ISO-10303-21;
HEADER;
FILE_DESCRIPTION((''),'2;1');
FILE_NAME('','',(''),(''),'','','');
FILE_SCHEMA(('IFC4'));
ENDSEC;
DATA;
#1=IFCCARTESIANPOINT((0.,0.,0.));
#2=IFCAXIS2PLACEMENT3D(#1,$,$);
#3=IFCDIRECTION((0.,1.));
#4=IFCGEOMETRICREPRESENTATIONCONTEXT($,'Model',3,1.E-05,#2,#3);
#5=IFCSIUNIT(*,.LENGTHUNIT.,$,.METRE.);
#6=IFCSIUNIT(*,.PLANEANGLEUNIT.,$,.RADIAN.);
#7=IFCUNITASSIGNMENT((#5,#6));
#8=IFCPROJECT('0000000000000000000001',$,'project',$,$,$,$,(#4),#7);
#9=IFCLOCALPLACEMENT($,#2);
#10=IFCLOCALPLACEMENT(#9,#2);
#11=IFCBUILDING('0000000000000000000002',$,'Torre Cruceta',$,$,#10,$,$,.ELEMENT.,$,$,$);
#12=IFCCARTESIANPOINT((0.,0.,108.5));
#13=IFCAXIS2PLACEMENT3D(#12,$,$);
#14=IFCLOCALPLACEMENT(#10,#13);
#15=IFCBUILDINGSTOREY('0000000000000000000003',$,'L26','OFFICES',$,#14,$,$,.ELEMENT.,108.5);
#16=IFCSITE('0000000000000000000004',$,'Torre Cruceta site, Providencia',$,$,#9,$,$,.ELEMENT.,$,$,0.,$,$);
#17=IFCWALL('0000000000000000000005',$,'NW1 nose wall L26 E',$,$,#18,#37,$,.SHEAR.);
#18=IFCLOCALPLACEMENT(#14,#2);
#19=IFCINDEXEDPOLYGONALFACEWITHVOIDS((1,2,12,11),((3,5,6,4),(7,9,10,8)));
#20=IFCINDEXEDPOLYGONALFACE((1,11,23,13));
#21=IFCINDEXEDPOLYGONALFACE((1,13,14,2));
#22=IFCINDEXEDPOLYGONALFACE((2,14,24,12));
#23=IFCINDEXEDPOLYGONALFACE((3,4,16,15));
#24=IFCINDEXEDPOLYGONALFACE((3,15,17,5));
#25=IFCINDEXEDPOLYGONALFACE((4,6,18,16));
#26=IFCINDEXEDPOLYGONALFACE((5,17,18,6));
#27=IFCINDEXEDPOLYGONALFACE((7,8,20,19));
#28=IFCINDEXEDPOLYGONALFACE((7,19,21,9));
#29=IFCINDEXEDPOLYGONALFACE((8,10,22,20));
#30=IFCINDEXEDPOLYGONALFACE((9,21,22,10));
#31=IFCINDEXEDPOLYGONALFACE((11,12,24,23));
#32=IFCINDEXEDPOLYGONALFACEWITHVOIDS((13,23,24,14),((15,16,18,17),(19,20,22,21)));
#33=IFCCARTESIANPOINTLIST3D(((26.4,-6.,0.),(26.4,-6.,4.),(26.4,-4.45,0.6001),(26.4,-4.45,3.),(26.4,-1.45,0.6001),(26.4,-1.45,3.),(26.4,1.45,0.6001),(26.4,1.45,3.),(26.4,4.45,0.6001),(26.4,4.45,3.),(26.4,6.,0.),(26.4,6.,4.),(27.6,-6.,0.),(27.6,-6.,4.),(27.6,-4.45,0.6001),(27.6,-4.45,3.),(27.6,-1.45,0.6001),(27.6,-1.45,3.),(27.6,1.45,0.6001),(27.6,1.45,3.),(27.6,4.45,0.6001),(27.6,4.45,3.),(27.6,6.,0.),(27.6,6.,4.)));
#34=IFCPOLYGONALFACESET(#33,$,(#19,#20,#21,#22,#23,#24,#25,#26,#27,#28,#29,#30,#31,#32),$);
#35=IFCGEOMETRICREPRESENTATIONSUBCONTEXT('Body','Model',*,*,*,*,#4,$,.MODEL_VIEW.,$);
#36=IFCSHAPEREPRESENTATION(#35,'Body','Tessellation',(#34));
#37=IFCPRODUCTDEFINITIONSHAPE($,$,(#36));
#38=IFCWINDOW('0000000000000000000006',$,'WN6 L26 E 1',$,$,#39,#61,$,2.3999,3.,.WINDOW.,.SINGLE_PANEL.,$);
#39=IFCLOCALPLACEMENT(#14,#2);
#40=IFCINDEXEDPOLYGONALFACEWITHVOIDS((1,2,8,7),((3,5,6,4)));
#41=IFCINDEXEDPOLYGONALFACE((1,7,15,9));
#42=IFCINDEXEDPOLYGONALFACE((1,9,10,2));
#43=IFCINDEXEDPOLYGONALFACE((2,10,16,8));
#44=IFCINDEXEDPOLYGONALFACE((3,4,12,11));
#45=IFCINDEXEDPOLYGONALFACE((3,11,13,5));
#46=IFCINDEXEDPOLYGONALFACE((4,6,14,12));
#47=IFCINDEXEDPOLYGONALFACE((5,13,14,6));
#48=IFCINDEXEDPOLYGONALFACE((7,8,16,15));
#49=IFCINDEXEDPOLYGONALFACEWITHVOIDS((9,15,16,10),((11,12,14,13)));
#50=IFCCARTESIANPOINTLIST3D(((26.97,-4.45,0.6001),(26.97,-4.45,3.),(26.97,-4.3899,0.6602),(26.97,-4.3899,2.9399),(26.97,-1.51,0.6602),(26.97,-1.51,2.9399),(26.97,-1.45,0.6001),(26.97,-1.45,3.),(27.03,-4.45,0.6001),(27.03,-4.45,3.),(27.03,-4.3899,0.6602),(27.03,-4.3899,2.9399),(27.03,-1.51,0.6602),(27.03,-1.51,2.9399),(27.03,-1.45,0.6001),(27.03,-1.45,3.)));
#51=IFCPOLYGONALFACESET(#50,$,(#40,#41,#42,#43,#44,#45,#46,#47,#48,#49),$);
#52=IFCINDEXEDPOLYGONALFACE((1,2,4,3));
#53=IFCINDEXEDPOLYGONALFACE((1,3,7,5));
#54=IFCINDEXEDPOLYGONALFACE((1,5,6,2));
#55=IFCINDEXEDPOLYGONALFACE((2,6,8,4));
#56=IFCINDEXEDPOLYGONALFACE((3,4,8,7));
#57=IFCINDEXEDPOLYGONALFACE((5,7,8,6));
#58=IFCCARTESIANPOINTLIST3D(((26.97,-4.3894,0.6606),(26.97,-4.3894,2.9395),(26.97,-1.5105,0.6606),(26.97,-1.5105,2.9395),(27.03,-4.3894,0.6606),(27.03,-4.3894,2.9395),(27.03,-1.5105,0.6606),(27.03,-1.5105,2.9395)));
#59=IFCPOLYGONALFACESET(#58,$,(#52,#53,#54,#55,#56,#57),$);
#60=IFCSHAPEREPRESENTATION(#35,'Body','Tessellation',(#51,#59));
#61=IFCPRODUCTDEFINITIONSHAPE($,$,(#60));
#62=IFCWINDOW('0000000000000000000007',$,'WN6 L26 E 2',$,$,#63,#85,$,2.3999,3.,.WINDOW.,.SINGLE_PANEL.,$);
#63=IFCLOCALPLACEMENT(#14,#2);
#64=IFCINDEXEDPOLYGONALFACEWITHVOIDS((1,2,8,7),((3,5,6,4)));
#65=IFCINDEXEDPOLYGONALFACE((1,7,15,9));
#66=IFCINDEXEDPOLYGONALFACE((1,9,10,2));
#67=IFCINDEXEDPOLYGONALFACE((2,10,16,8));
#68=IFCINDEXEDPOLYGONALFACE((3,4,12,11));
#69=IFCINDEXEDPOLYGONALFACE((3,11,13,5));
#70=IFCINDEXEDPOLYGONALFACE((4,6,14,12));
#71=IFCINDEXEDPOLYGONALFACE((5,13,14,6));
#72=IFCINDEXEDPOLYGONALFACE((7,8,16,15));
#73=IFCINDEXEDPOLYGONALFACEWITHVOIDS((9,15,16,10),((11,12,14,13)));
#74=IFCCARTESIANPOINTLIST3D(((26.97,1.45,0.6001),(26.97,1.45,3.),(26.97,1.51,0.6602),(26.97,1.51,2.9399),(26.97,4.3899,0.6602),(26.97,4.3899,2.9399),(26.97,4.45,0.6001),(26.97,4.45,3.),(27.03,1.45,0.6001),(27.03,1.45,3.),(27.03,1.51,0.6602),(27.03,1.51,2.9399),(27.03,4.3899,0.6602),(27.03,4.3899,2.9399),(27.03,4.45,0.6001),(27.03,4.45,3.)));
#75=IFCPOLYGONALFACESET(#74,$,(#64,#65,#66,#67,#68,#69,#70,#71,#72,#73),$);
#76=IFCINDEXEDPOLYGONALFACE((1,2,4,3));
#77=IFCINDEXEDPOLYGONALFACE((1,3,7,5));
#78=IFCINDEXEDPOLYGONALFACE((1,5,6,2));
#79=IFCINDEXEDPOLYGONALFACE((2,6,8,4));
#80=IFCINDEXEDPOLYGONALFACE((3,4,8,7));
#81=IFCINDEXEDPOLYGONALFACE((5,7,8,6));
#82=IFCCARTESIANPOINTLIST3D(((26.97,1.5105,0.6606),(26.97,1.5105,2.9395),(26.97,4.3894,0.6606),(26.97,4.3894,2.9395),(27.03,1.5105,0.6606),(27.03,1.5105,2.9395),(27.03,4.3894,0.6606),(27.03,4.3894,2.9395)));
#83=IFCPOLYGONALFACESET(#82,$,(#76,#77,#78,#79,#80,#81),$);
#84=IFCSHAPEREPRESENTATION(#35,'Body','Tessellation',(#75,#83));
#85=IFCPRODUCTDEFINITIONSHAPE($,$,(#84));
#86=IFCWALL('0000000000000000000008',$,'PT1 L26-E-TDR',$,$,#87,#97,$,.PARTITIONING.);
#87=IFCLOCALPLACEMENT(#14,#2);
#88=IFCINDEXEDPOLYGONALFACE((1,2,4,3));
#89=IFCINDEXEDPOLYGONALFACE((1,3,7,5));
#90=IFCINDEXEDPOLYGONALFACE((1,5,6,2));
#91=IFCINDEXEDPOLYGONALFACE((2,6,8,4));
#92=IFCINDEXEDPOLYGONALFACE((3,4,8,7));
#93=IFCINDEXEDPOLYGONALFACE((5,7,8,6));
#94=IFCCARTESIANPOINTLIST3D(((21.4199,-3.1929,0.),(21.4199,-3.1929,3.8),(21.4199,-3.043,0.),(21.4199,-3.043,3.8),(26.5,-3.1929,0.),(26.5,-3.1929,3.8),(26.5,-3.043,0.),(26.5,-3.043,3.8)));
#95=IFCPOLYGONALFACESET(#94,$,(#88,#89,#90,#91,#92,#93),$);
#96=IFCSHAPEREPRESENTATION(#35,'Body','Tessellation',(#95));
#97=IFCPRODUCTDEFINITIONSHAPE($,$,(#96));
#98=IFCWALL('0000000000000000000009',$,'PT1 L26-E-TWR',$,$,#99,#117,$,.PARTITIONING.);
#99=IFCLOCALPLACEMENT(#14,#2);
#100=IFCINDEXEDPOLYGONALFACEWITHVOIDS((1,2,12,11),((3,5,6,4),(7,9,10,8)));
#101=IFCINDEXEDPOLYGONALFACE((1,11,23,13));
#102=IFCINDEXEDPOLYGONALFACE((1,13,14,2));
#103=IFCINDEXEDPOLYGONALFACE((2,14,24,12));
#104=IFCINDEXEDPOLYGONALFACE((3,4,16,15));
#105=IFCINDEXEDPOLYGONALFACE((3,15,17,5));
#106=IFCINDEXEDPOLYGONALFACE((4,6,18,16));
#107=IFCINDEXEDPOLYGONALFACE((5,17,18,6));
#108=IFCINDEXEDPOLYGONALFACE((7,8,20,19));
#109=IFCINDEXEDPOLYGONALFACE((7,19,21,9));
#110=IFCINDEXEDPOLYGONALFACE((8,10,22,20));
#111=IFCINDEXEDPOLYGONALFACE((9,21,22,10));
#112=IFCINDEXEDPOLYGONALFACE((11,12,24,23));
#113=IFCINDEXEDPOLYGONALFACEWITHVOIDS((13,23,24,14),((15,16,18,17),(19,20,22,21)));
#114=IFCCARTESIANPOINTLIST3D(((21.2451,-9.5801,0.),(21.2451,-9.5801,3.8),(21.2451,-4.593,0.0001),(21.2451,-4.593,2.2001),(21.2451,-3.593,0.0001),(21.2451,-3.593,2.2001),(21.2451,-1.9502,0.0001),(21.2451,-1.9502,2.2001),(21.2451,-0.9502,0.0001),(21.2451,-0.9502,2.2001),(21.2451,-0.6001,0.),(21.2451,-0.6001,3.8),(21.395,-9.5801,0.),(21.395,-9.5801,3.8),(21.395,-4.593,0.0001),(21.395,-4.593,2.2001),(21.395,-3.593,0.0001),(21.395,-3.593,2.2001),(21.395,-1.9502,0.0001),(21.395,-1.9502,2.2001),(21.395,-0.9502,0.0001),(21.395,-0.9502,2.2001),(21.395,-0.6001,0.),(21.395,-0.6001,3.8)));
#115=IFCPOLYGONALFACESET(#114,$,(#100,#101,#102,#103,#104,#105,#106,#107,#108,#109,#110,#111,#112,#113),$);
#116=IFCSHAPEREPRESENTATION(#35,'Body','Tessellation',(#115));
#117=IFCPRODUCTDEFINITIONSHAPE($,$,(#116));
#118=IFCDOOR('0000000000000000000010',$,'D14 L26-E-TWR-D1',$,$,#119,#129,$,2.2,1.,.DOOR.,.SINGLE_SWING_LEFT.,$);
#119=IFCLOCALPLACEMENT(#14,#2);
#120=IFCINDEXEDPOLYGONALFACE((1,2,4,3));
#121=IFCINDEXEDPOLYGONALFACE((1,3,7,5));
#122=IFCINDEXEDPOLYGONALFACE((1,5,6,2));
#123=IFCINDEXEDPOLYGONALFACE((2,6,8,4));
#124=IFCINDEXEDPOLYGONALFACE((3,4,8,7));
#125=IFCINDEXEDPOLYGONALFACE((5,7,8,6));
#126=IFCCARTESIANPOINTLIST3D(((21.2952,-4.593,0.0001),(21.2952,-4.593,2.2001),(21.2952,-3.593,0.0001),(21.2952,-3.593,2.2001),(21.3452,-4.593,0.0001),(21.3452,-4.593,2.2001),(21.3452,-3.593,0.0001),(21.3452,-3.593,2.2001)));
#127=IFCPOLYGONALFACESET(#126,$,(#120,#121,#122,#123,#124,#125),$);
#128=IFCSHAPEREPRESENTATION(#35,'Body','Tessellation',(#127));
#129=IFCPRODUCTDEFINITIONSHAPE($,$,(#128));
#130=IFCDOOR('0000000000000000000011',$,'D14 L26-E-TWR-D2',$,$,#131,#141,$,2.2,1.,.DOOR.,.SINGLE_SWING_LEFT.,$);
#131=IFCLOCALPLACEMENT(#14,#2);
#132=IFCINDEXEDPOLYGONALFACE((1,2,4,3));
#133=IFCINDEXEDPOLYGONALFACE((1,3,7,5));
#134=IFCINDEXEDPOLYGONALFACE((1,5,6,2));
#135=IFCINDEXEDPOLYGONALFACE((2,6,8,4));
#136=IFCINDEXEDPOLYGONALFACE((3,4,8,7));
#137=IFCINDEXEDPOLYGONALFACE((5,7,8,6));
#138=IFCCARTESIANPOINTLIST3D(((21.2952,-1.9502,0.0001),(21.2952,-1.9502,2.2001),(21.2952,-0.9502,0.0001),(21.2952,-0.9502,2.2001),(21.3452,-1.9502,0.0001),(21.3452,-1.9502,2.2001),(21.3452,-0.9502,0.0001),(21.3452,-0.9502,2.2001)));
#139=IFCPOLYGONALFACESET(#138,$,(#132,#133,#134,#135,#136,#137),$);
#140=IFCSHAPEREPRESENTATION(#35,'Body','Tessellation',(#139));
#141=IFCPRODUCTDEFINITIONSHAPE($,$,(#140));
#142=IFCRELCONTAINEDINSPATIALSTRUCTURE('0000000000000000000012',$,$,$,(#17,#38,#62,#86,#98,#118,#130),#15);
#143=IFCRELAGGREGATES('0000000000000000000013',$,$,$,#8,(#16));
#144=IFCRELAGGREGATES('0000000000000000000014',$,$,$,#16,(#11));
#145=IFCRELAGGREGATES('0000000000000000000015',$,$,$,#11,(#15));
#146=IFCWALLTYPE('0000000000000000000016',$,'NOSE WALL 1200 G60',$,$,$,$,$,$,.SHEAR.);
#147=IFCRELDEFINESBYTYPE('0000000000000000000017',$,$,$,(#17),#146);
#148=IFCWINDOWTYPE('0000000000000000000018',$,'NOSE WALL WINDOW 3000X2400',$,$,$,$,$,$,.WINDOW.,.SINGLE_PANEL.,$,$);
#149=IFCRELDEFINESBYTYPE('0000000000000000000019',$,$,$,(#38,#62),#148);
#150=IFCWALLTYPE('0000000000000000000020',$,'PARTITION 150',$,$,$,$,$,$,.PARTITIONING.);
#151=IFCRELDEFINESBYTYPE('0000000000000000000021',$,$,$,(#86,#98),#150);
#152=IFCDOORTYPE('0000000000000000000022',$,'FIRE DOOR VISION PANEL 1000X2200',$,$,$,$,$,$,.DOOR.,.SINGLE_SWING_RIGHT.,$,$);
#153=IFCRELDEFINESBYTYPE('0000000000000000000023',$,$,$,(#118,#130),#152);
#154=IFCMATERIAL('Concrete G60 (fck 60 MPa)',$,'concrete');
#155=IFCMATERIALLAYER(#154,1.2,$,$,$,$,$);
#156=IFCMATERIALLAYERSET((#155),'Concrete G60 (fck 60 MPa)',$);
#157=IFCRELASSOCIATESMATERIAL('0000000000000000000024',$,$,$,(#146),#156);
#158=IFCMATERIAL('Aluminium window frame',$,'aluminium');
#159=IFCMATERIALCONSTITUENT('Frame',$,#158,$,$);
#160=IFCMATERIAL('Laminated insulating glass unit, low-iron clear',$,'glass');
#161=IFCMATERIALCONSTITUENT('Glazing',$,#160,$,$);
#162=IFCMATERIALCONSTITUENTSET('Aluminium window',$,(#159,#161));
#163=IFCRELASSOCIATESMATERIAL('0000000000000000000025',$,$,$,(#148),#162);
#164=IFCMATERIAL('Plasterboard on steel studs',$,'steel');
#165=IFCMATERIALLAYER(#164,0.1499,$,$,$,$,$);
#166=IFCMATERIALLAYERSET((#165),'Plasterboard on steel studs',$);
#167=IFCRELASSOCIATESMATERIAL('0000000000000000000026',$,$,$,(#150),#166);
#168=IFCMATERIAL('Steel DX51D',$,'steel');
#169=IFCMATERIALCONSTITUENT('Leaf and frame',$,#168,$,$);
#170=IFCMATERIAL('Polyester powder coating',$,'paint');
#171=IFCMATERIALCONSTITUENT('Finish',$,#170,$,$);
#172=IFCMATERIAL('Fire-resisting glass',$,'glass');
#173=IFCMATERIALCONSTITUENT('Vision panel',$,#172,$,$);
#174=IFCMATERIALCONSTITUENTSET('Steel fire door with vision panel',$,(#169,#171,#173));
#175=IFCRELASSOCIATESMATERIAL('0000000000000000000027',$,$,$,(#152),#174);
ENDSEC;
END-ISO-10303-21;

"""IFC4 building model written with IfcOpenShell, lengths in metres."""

from ifc_helpers import new_model, si_unit, direction, frame, frame_2d, origin, place, context, subcontext, project, spatial, rectangle, hollow_rectangle, extrude, material, layer, layer_set, constituent, constituent_set, type_object, element, fill, save


model = new_model("IFC4")

# Units and contexts
model_context = context("Model", 3, precision=1e-05, world=origin(), true_north=direction((0.0, 1.0)))
body_context = subcontext(model_context, "Body", "Model", "MODEL_VIEW")
ifc_project = project(units=[si_unit("LENGTHUNIT", "METRE"), si_unit("PLANEANGLEUNIT", "RADIAN")], contexts=[model_context])

# Site, building, storey
site_placement = place(None, origin())
site = spatial("IfcSite", under=ifc_project, at=site_placement, Name="Torre Cruceta site, Providencia", CompositionType="ELEMENT", RefElevation=0.0)
building_placement = place(site_placement, origin())
building = spatial("IfcBuilding", under=site, at=building_placement, Name="Torre Cruceta", CompositionType="ELEMENT")
storey_placement = place(building_placement, frame((0.0, 0.0, 108.5)))
storey = spatial("IfcBuildingStorey", under=building, at=storey_placement, Name="L26", Description="OFFICES", CompositionType="ELEMENT", Elevation=108.5)

# Wall, openings, windows
ifc_material_1 = material(Name="Concrete G60 (fck 60 MPa)", Category="concrete")
ifc_layer_1 = layer(ifc_material_1, 1.2)
ifc_layer_set_1 = layer_set([ifc_layer_1], Name="Concrete G60 (fck 60 MPa)")
wall_type_1 = type_object("IfcWallType", Name="NOSE WALL 1200 G60", PredefinedType="SHEAR", material=ifc_layer_set_1)
wall_1_placement = place(storey_placement, frame((27.0, -6.0, 0.0), z_axis=(0.0, 0.0, 1.0), x_axis=(0.0, 1.0, 0.0)))
wall_1 = element("IfcWall", 1, at=wall_1_placement, inside=storey, type_object=wall_type_1, Name="NW1 nose wall L26 E", PredefinedType="SHEAR", context=body_context, shape_type="SweptSolid", body=[
    extrude(rectangle(XDim=12.0, YDim=1.2, at=frame_2d((6.0, 0.0))), origin(), (0.0, 0.0, 1.0), 4.0),
])
opening_1_placement = place(wall_1_placement, frame((1.55, 0.0, 0.6001)))
opening_1 = element("IfcOpeningElement", 2, at=opening_1_placement, cuts=wall_1, PredefinedType="OPENING", context=body_context, shape_type="SweptSolid", body=[
    extrude(rectangle(XDim=3.0, YDim=2.3999, at=frame_2d((1.5, 1.2))), frame((0.0, 0.6099, 0.0), z_axis=(0.0, -1.0, 0.0), x_axis=(1.0, 0.0, 0.0)), (0.0, 0.0, 1.0), 1.22),
])
opening_2_placement = place(wall_1_placement, frame((7.45, 0.0, 0.6001)))
opening_2 = element("IfcOpeningElement", 3, at=opening_2_placement, cuts=wall_1, PredefinedType="OPENING", context=body_context, shape_type="SweptSolid", body=[
    extrude(rectangle(XDim=3.0, YDim=2.3999, at=frame_2d((1.5, 1.2))), frame((0.0, 0.6099, 0.0), z_axis=(0.0, -1.0, 0.0), x_axis=(1.0, 0.0, 0.0)), (0.0, 0.0, 1.0), 1.22),
])
ifc_material_2 = material(Name="Aluminium window frame", Category="aluminium")
ifc_constituent_1 = constituent(ifc_material_2, Name="Frame")
ifc_material_3 = material(Name="Laminated insulating glass unit, low-iron clear", Category="glass")
ifc_constituent_2 = constituent(ifc_material_3, Name="Glazing")
ifc_constituent_set_1 = constituent_set(constituents=[ifc_constituent_1, ifc_constituent_2], Name="Aluminium window")
window_type_1 = type_object("IfcWindowType", Name="NOSE WALL WINDOW 3000X2400", PartitioningType="SINGLE_PANEL", PredefinedType="WINDOW", material=ifc_constituent_set_1)
window_1_placement = place(opening_1_placement, origin())
window_1 = element("IfcWindow", 4, at=window_1_placement, inside=storey, type_object=window_type_1, Name="WN6 L26 E 1", OverallHeight=2.3999, OverallWidth=3.0, PartitioningType="SINGLE_PANEL", PredefinedType="WINDOW", context=body_context, shape_type="SweptSolid", body=[
    extrude(hollow_rectangle(XDim=3.0, YDim=2.3999, WallThickness=0.0601, at=frame_2d((1.5, 1.2))), frame((0.0, 0.03, 0.0), z_axis=(0.0, -1.0, 0.0), x_axis=(1.0, 0.0, 0.0)), (0.0, 0.0, 1.0), 0.0601),
    extrude(rectangle(XDim=2.8789, YDim=2.2788, at=frame_2d((1.5, 1.2))), frame((0.0, 0.03, 0.0), z_axis=(0.0, -1.0, 0.0), x_axis=(1.0, 0.0, 0.0)), (0.0, 0.0, 1.0), 0.0601),
])
fill(opening_1, window_1)
window_2_placement = place(opening_2_placement, origin())
window_2 = element("IfcWindow", 5, at=window_2_placement, inside=storey, type_object=window_type_1, Name="WN6 L26 E 2", OverallHeight=2.3999, OverallWidth=3.0, PartitioningType="SINGLE_PANEL", PredefinedType="WINDOW", context=body_context, shape_type="SweptSolid", body=[
    extrude(hollow_rectangle(XDim=3.0, YDim=2.3999, WallThickness=0.0601, at=frame_2d((1.5, 1.2))), frame((0.0, 0.03, 0.0), z_axis=(0.0, -1.0, 0.0), x_axis=(1.0, 0.0, 0.0)), (0.0, 0.0, 1.0), 0.0601),
    extrude(rectangle(XDim=2.8789, YDim=2.2788, at=frame_2d((1.5, 1.2))), frame((0.0, 0.03, 0.0), z_axis=(0.0, -1.0, 0.0), x_axis=(1.0, 0.0, 0.0)), (0.0, 0.0, 1.0), 0.0601),
])
fill(opening_2, window_2)

# Wall
ifc_material_4 = material(Name="Plasterboard on steel studs", Category="steel")
ifc_layer_2 = layer(ifc_material_4, 0.1499)
ifc_layer_set_2 = layer_set([ifc_layer_2], Name="Plasterboard on steel studs")
wall_type_2 = type_object("IfcWallType", Name="PARTITION 150", PredefinedType="PARTITIONING", material=ifc_layer_set_2)
wall_2_placement = place(storey_placement, frame((21.4199, -3.1179, 0.0), z_axis=(0.0, 0.0, 1.0), x_axis=(1.0, 0.0, 0.0)))
element("IfcWall", 6, at=wall_2_placement, inside=storey, type_object=wall_type_2, Name="PT1 L26-E-TDR", PredefinedType="PARTITIONING", context=body_context, shape_type="SweptSolid", body=[
    extrude(rectangle(XDim=5.0801, YDim=0.1499, at=frame_2d((2.54, 0.0))), origin(), (0.0, 0.0, 1.0), 3.8),
])

# Wall, openings, doors
wall_3_placement = place(storey_placement, frame((21.3201, -9.5801, 0.0), z_axis=(0.0, 0.0, 1.0), x_axis=(0.0, 1.0, 0.0)))
wall_3 = element("IfcWall", 7, at=wall_3_placement, inside=storey, type_object=wall_type_2, Name="PT1 L26-E-TWR", PredefinedType="PARTITIONING", context=body_context, shape_type="SweptSolid", body=[
    extrude(rectangle(XDim=8.98, YDim=0.1499, at=frame_2d((4.49, 0.0))), origin(), (0.0, 0.0, 1.0), 3.8),
])
opening_3_placement = place(wall_3_placement, frame((4.9871, 0.0, 0.0)))
opening_3 = element("IfcOpeningElement", 8, at=opening_3_placement, cuts=wall_3, PredefinedType="OPENING", context=body_context, shape_type="SweptSolid", body=[
    extrude(rectangle(XDim=1.0, YDim=2.2, at=frame_2d((0.5, 1.1001))), frame((0.0, 0.085, 0.0), z_axis=(0.0, -1.0, 0.0), x_axis=(1.0, 0.0, 0.0)), (0.0, 0.0, 1.0), 0.1699),
])
opening_4_placement = place(wall_3_placement, frame((7.6299, 0.0, 0.0)))
opening_4 = element("IfcOpeningElement", 9, at=opening_4_placement, cuts=wall_3, PredefinedType="OPENING", context=body_context, shape_type="SweptSolid", body=[
    extrude(rectangle(XDim=1.0, YDim=2.2, at=frame_2d((0.5, 1.1001))), frame((0.0, 0.085, 0.0), z_axis=(0.0, -1.0, 0.0), x_axis=(1.0, 0.0, 0.0)), (0.0, 0.0, 1.0), 0.1699),
])
ifc_material_5 = material(Name="Steel DX51D", Category="steel")
ifc_constituent_3 = constituent(ifc_material_5, Name="Leaf and frame")
ifc_material_6 = material(Name="Polyester powder coating", Category="paint")
ifc_constituent_4 = constituent(ifc_material_6, Name="Finish")
ifc_material_7 = material(Name="Fire-resisting glass", Category="glass")
ifc_constituent_5 = constituent(ifc_material_7, Name="Vision panel")
ifc_constituent_set_2 = constituent_set(constituents=[ifc_constituent_3, ifc_constituent_4, ifc_constituent_5], Name="Steel fire door with vision panel")
door_type = type_object("IfcDoorType", Name="FIRE DOOR VISION PANEL 1000X2200", OperationType="SINGLE_SWING_RIGHT", PredefinedType="DOOR", material=ifc_constituent_set_2)
door_1_placement = place(opening_3_placement, frame((1.0, 0.0, 0.0), z_axis=(0.0, 0.0, 1.0), x_axis=(-1.0, 0.0, 0.0)))
door_1 = element("IfcDoor", 10, at=door_1_placement, inside=storey, type_object=door_type, Name="D14 L26-E-TWR-D1", OperationType="SINGLE_SWING_LEFT", OverallHeight=2.2, OverallWidth=1.0, PredefinedType="DOOR", context=body_context, shape_type="SweptSolid", body=[
    extrude(rectangle(XDim=1.0, YDim=2.2, at=frame_2d((0.5, 1.1001))), frame((0.0, 0.0251, 0.0), z_axis=(0.0, -1.0, 0.0), x_axis=(1.0, 0.0, 0.0)), (0.0, 0.0, 1.0), 0.05),
])
fill(opening_3, door_1)
door_2_placement = place(opening_4_placement, frame((1.0, 0.0, 0.0), z_axis=(0.0, 0.0, 1.0), x_axis=(-1.0, 0.0, 0.0)))
door_2 = element("IfcDoor", 11, at=door_2_placement, inside=storey, type_object=door_type, Name="D14 L26-E-TWR-D2", OperationType="SINGLE_SWING_LEFT", OverallHeight=2.2, OverallWidth=1.0, PredefinedType="DOOR", context=body_context, shape_type="SweptSolid", body=[
    extrude(rectangle(XDim=1.0, YDim=2.2, at=frame_2d((0.5, 1.1001))), frame((0.0, 0.0251, 0.0), z_axis=(0.0, -1.0, 0.0), x_axis=(1.0, 0.0, 0.0)), (0.0, 0.0, 1.0), 0.05),
])
fill(opening_4, door_2)

save(model, "model.ifc")
